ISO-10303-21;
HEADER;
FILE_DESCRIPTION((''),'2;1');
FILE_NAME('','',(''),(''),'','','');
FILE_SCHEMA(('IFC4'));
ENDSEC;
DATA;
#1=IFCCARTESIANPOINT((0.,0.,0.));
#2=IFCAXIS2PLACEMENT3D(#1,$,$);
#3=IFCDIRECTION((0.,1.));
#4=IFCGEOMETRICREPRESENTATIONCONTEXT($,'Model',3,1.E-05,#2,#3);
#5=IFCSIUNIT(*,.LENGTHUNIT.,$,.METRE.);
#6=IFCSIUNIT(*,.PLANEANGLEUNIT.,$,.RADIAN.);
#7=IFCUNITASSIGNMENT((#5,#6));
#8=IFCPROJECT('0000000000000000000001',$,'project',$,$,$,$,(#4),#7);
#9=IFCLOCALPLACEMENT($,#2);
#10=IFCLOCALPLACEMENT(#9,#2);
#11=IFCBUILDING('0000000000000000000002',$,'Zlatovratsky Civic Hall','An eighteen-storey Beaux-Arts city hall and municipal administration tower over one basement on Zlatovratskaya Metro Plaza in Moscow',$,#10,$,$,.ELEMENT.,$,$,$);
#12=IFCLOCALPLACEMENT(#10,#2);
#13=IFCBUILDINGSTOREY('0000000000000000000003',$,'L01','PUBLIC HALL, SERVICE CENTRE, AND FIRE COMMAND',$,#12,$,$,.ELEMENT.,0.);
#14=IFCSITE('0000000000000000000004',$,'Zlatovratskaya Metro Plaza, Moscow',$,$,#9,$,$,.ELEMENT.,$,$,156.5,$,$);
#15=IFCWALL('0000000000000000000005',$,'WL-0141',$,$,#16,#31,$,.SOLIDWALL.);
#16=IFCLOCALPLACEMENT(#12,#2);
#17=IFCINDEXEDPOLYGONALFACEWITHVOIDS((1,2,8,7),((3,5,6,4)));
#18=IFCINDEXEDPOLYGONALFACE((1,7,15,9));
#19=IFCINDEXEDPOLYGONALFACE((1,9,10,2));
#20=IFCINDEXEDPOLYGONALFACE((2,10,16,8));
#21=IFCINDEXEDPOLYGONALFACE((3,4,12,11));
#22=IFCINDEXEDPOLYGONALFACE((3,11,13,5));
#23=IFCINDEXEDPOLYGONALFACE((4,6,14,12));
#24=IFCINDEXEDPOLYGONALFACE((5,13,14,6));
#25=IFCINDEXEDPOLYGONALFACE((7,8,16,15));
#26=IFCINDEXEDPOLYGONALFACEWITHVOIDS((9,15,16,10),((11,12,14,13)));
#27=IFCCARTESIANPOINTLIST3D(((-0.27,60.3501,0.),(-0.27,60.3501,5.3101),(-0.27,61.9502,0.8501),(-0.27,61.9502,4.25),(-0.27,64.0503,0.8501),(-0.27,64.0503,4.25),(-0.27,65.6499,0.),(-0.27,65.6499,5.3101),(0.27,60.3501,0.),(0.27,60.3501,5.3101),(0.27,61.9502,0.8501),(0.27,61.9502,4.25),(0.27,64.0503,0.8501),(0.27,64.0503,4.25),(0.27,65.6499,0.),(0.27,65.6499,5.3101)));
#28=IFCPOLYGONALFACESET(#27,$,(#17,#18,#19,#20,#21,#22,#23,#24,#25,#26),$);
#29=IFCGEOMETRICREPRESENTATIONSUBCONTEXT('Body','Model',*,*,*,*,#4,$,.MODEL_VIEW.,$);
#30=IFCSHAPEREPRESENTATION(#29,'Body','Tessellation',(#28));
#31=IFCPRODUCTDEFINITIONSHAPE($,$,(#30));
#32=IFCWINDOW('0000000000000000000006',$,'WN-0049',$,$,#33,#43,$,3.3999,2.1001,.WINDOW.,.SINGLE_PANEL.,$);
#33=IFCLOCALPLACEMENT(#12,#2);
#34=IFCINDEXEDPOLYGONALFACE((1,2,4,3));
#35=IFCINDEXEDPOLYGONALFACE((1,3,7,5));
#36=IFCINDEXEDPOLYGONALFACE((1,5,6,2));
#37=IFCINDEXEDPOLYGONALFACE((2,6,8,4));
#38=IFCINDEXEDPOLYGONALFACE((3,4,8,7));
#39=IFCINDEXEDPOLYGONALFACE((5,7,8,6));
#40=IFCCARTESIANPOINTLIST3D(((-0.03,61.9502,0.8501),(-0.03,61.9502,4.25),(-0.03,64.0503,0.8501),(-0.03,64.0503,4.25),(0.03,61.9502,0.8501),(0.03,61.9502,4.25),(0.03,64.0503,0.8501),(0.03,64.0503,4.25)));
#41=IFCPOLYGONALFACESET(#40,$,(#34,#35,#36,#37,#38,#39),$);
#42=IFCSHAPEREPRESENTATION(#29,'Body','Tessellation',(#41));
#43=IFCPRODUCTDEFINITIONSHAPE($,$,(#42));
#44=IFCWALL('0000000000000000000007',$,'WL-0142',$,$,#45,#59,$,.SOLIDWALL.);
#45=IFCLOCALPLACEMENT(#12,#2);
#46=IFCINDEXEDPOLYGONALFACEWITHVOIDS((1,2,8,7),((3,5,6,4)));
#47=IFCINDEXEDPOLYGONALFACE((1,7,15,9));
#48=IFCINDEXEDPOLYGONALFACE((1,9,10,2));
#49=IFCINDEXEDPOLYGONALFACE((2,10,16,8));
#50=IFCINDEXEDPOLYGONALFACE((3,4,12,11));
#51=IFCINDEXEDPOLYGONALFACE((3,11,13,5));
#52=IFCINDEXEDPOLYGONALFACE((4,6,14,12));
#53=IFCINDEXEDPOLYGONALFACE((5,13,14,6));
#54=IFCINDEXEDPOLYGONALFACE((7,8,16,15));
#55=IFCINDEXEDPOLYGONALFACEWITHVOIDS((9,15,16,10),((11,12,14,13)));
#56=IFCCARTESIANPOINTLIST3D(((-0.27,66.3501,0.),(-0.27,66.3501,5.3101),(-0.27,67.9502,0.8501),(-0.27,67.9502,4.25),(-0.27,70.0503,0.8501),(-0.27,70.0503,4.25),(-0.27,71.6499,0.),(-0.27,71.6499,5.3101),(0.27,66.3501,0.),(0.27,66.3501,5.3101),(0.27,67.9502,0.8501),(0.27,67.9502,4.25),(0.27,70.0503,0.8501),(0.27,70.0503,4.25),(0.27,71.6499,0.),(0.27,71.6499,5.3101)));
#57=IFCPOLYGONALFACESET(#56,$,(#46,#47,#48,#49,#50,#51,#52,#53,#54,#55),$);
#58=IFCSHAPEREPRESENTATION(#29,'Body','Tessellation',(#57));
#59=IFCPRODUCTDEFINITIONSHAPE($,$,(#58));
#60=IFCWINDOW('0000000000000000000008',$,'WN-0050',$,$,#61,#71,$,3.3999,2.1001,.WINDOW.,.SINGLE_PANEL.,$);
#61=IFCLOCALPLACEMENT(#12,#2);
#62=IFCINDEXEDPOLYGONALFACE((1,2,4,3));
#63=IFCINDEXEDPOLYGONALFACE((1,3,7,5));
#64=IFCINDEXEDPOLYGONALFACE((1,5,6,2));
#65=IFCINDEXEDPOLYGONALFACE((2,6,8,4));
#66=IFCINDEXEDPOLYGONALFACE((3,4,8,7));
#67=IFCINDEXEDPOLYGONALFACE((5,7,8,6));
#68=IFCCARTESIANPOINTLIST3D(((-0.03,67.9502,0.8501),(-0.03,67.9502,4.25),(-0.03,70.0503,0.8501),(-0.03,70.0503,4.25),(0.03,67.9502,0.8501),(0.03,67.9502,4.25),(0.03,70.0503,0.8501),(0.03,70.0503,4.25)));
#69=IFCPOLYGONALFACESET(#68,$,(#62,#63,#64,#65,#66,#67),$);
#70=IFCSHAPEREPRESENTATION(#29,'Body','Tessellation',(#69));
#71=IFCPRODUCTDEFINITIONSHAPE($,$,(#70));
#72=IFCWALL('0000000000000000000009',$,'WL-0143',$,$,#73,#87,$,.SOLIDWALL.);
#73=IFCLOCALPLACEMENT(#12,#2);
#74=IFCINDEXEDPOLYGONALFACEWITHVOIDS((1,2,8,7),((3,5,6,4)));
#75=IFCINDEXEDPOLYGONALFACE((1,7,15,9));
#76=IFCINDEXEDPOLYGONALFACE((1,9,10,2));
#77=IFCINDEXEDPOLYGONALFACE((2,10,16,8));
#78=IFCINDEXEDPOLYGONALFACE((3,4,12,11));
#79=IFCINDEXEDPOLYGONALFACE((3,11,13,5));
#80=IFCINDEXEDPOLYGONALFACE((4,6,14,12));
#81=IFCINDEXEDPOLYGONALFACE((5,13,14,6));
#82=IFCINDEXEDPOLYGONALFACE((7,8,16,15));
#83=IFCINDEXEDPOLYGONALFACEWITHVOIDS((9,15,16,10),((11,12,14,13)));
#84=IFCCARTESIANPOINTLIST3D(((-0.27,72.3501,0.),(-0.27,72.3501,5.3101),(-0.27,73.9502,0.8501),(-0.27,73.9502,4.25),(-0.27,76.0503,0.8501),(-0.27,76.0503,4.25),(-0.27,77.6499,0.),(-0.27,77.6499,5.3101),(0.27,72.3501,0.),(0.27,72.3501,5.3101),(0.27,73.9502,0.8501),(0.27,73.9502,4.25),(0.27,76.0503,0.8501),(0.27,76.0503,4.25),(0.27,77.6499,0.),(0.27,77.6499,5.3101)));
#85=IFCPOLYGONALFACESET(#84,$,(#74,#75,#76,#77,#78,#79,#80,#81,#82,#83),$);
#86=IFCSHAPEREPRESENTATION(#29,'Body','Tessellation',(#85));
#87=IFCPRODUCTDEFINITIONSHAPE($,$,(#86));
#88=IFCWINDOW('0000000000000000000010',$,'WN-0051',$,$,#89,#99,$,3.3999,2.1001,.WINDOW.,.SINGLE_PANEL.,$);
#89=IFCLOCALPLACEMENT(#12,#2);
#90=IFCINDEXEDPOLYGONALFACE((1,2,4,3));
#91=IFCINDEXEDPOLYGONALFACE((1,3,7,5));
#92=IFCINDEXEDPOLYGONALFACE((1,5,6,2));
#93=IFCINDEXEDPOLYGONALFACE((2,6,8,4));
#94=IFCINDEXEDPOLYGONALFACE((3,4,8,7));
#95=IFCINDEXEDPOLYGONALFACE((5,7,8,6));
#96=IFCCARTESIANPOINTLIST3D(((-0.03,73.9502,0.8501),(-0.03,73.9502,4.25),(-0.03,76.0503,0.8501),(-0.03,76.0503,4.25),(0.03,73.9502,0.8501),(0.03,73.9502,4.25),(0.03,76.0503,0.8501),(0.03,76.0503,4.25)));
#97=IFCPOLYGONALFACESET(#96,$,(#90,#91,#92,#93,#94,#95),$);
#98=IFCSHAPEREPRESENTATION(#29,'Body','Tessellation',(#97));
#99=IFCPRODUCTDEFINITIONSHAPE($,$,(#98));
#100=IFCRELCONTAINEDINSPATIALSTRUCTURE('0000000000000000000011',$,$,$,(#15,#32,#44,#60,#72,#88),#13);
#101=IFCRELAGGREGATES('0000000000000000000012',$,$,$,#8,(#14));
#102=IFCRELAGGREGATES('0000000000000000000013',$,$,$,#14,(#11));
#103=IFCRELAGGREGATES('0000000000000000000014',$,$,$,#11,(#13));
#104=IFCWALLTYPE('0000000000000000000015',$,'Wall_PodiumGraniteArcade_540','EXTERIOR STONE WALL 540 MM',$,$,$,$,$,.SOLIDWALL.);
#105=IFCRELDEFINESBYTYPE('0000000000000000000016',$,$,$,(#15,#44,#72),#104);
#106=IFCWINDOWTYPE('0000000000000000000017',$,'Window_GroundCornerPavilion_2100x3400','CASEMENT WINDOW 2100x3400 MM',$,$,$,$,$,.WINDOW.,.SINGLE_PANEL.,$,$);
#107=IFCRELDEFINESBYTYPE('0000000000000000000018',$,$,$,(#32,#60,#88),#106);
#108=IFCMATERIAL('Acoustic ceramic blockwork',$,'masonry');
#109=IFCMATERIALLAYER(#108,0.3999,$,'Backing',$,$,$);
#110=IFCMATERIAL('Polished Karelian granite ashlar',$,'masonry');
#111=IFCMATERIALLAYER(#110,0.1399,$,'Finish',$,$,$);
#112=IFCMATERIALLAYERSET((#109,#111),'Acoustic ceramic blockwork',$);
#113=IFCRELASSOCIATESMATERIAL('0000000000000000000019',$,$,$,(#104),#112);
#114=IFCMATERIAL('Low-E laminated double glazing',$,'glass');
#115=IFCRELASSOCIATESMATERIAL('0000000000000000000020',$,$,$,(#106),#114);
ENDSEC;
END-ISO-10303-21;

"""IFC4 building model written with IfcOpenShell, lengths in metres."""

from ifc_helpers import new_model, si_unit, direction, frame, frame_2d, origin, place, context, subcontext, project, spatial, rectangle, extrude, material, layer, layer_set, type_object, element, fill, save


model = new_model("IFC4")

# Units and contexts
model_context = context("Model", 3, precision=1e-05, world=origin(), true_north=direction((0.0, 1.0)))
body_context = subcontext(model_context, "Body", "Model", "MODEL_VIEW")
ifc_project = project(units=[si_unit("LENGTHUNIT", "METRE"), si_unit("PLANEANGLEUNIT", "RADIAN")], contexts=[model_context])

# Site, building, storey
site_placement = place(None, origin())
site = spatial("IfcSite", under=ifc_project, at=site_placement, Name="Zlatovratskaya Metro Plaza, Moscow", CompositionType="ELEMENT", RefElevation=156.5)
building_placement = place(site_placement, origin())
building = spatial("IfcBuilding", under=site, at=building_placement, Name="Zlatovratsky Civic Hall", Description="An eighteen-storey Beaux-Arts city hall and municipal administration tower over one basement on Zlatovratskaya Metro Plaza in Moscow", CompositionType="ELEMENT")
storey_placement = place(building_placement, origin())
storey = spatial("IfcBuildingStorey", under=building, at=storey_placement, Name="L01", Description="PUBLIC HALL, SERVICE CENTRE, AND FIRE COMMAND", CompositionType="ELEMENT", Elevation=0.0)

# Shared definitions
ifc_material_1 = material(Name="Acoustic ceramic blockwork", Category="masonry")

# Walls, openings, windows
ifc_layer_1 = layer(ifc_material_1, 0.3999, Name="Backing")
ifc_material_2 = material(Name="Polished Karelian granite ashlar", Category="masonry")
ifc_layer_2 = layer(ifc_material_2, 0.1399, Name="Finish")
ifc_layer_set_1 = layer_set([ifc_layer_1, ifc_layer_2], Name="Acoustic ceramic blockwork")
wall_type_1 = type_object("IfcWallType", Name="Wall_PodiumGraniteArcade_540", Description="EXTERIOR STONE WALL 540 MM", PredefinedType="SOLIDWALL", material=ifc_layer_set_1)
wall_1_placement = place(storey_placement, frame((0.0, 60.3501, 0.0), z_axis=(0.0, 0.0, 1.0), x_axis=(0.0, 1.0, 0.0)))
wall_1 = element("IfcWall", 1, at=wall_1_placement, inside=storey, type_object=wall_type_1, Name="WL-0141", PredefinedType="SOLIDWALL", context=body_context, shape_type="SweptSolid", body=[
    extrude(rectangle(XDim=5.2998, YDim=0.54, at=frame_2d((2.6499, 0.0))), origin(), (0.0, 0.0, 1.0), 5.3101),
])
opening_1_placement = place(wall_1_placement, frame((1.6001, 0.0, 0.8501)))
opening_1 = element("IfcOpeningElement", 2, at=opening_1_placement, cuts=wall_1, PredefinedType="OPENING", context=body_context, shape_type="SweptSolid", body=[
    extrude(rectangle(XDim=2.1001, YDim=3.3999, at=frame_2d((1.05, 1.7))), frame((0.0, 0.2849, 0.0), z_axis=(0.0, -1.0, 0.0), x_axis=(1.0, 0.0, 0.0)), (0.0, 0.0, 1.0), 0.5698),
])
ifc_material_3 = material(Name="Low-E laminated double glazing", Category="glass")
window_type = type_object("IfcWindowType", Name="Window_GroundCornerPavilion_2100x3400", Description="CASEMENT WINDOW 2100x3400 MM", PartitioningType="SINGLE_PANEL", PredefinedType="WINDOW", material=ifc_material_3)
window_1_placement = place(opening_1_placement, origin())
window_1 = element("IfcWindow", 3, at=window_1_placement, inside=storey, type_object=window_type, Name="WN-0049", OverallHeight=3.3999, OverallWidth=2.1001, PartitioningType="SINGLE_PANEL", PredefinedType="WINDOW", context=body_context, shape_type="SweptSolid", body=[
    extrude(rectangle(XDim=2.1001, YDim=3.3999, at=frame_2d((1.05, 1.7))), frame((0.0, 0.03, 0.0), z_axis=(0.0, -1.0, 0.0), x_axis=(1.0, 0.0, 0.0)), (0.0, 0.0, 1.0), 0.0601),
])
fill(opening_1, window_1)
wall_2_placement = place(storey_placement, frame((0.0, 66.3501, 0.0), z_axis=(0.0, 0.0, 1.0), x_axis=(0.0, 1.0, 0.0)))
wall_2 = element("IfcWall", 4, at=wall_2_placement, inside=storey, type_object=wall_type_1, Name="WL-0142", PredefinedType="SOLIDWALL", context=body_context, shape_type="SweptSolid", body=[
    extrude(rectangle(XDim=5.2998, YDim=0.54, at=frame_2d((2.6499, 0.0))), origin(), (0.0, 0.0, 1.0), 5.3101),
])
opening_2_placement = place(wall_2_placement, frame((1.6001, 0.0, 0.8501)))
opening_2 = element("IfcOpeningElement", 5, at=opening_2_placement, cuts=wall_2, PredefinedType="OPENING", context=body_context, shape_type="SweptSolid", body=[
    extrude(rectangle(XDim=2.1001, YDim=3.3999, at=frame_2d((1.05, 1.7))), frame((0.0, 0.2849, 0.0), z_axis=(0.0, -1.0, 0.0), x_axis=(1.0, 0.0, 0.0)), (0.0, 0.0, 1.0), 0.5698),
])
window_2_placement = place(opening_2_placement, origin())
window_2 = element("IfcWindow", 6, at=window_2_placement, inside=storey, type_object=window_type, Name="WN-0050", OverallHeight=3.3999, OverallWidth=2.1001, PartitioningType="SINGLE_PANEL", PredefinedType="WINDOW", context=body_context, shape_type="SweptSolid", body=[
    extrude(rectangle(XDim=2.1001, YDim=3.3999, at=frame_2d((1.05, 1.7))), frame((0.0, 0.03, 0.0), z_axis=(0.0, -1.0, 0.0), x_axis=(1.0, 0.0, 0.0)), (0.0, 0.0, 1.0), 0.0601),
])
fill(opening_2, window_2)
wall_3_placement = place(storey_placement, frame((0.0, 72.3501, 0.0), z_axis=(0.0, 0.0, 1.0), x_axis=(0.0, 1.0, 0.0)))
wall_3 = element("IfcWall", 7, at=wall_3_placement, inside=storey, type_object=wall_type_1, Name="WL-0143", PredefinedType="SOLIDWALL", context=body_context, shape_type="SweptSolid", body=[
    extrude(rectangle(XDim=5.2998, YDim=0.54, at=frame_2d((2.6499, 0.0))), origin(), (0.0, 0.0, 1.0), 5.3101),
])
opening_3_placement = place(wall_3_placement, frame((1.6001, 0.0, 0.8501)))
opening_3 = element("IfcOpeningElement", 8, at=opening_3_placement, cuts=wall_3, PredefinedType="OPENING", context=body_context, shape_type="SweptSolid", body=[
    extrude(rectangle(XDim=2.1001, YDim=3.3999, at=frame_2d((1.05, 1.7))), frame((0.0, 0.2849, 0.0), z_axis=(0.0, -1.0, 0.0), x_axis=(1.0, 0.0, 0.0)), (0.0, 0.0, 1.0), 0.5698),
])
window_3_placement = place(opening_3_placement, origin())
window_3 = element("IfcWindow", 9, at=window_3_placement, inside=storey, type_object=window_type, Name="WN-0051", OverallHeight=3.3999, OverallWidth=2.1001, PartitioningType="SINGLE_PANEL", PredefinedType="WINDOW", context=body_context, shape_type="SweptSolid", body=[
    extrude(rectangle(XDim=2.1001, YDim=3.3999, at=frame_2d((1.05, 1.7))), frame((0.0, 0.03, 0.0), z_axis=(0.0, -1.0, 0.0), x_axis=(1.0, 0.0, 0.0)), (0.0, 0.0, 1.0), 0.0601),
])
fill(opening_3, window_3)

save(model, "model.ifc")
